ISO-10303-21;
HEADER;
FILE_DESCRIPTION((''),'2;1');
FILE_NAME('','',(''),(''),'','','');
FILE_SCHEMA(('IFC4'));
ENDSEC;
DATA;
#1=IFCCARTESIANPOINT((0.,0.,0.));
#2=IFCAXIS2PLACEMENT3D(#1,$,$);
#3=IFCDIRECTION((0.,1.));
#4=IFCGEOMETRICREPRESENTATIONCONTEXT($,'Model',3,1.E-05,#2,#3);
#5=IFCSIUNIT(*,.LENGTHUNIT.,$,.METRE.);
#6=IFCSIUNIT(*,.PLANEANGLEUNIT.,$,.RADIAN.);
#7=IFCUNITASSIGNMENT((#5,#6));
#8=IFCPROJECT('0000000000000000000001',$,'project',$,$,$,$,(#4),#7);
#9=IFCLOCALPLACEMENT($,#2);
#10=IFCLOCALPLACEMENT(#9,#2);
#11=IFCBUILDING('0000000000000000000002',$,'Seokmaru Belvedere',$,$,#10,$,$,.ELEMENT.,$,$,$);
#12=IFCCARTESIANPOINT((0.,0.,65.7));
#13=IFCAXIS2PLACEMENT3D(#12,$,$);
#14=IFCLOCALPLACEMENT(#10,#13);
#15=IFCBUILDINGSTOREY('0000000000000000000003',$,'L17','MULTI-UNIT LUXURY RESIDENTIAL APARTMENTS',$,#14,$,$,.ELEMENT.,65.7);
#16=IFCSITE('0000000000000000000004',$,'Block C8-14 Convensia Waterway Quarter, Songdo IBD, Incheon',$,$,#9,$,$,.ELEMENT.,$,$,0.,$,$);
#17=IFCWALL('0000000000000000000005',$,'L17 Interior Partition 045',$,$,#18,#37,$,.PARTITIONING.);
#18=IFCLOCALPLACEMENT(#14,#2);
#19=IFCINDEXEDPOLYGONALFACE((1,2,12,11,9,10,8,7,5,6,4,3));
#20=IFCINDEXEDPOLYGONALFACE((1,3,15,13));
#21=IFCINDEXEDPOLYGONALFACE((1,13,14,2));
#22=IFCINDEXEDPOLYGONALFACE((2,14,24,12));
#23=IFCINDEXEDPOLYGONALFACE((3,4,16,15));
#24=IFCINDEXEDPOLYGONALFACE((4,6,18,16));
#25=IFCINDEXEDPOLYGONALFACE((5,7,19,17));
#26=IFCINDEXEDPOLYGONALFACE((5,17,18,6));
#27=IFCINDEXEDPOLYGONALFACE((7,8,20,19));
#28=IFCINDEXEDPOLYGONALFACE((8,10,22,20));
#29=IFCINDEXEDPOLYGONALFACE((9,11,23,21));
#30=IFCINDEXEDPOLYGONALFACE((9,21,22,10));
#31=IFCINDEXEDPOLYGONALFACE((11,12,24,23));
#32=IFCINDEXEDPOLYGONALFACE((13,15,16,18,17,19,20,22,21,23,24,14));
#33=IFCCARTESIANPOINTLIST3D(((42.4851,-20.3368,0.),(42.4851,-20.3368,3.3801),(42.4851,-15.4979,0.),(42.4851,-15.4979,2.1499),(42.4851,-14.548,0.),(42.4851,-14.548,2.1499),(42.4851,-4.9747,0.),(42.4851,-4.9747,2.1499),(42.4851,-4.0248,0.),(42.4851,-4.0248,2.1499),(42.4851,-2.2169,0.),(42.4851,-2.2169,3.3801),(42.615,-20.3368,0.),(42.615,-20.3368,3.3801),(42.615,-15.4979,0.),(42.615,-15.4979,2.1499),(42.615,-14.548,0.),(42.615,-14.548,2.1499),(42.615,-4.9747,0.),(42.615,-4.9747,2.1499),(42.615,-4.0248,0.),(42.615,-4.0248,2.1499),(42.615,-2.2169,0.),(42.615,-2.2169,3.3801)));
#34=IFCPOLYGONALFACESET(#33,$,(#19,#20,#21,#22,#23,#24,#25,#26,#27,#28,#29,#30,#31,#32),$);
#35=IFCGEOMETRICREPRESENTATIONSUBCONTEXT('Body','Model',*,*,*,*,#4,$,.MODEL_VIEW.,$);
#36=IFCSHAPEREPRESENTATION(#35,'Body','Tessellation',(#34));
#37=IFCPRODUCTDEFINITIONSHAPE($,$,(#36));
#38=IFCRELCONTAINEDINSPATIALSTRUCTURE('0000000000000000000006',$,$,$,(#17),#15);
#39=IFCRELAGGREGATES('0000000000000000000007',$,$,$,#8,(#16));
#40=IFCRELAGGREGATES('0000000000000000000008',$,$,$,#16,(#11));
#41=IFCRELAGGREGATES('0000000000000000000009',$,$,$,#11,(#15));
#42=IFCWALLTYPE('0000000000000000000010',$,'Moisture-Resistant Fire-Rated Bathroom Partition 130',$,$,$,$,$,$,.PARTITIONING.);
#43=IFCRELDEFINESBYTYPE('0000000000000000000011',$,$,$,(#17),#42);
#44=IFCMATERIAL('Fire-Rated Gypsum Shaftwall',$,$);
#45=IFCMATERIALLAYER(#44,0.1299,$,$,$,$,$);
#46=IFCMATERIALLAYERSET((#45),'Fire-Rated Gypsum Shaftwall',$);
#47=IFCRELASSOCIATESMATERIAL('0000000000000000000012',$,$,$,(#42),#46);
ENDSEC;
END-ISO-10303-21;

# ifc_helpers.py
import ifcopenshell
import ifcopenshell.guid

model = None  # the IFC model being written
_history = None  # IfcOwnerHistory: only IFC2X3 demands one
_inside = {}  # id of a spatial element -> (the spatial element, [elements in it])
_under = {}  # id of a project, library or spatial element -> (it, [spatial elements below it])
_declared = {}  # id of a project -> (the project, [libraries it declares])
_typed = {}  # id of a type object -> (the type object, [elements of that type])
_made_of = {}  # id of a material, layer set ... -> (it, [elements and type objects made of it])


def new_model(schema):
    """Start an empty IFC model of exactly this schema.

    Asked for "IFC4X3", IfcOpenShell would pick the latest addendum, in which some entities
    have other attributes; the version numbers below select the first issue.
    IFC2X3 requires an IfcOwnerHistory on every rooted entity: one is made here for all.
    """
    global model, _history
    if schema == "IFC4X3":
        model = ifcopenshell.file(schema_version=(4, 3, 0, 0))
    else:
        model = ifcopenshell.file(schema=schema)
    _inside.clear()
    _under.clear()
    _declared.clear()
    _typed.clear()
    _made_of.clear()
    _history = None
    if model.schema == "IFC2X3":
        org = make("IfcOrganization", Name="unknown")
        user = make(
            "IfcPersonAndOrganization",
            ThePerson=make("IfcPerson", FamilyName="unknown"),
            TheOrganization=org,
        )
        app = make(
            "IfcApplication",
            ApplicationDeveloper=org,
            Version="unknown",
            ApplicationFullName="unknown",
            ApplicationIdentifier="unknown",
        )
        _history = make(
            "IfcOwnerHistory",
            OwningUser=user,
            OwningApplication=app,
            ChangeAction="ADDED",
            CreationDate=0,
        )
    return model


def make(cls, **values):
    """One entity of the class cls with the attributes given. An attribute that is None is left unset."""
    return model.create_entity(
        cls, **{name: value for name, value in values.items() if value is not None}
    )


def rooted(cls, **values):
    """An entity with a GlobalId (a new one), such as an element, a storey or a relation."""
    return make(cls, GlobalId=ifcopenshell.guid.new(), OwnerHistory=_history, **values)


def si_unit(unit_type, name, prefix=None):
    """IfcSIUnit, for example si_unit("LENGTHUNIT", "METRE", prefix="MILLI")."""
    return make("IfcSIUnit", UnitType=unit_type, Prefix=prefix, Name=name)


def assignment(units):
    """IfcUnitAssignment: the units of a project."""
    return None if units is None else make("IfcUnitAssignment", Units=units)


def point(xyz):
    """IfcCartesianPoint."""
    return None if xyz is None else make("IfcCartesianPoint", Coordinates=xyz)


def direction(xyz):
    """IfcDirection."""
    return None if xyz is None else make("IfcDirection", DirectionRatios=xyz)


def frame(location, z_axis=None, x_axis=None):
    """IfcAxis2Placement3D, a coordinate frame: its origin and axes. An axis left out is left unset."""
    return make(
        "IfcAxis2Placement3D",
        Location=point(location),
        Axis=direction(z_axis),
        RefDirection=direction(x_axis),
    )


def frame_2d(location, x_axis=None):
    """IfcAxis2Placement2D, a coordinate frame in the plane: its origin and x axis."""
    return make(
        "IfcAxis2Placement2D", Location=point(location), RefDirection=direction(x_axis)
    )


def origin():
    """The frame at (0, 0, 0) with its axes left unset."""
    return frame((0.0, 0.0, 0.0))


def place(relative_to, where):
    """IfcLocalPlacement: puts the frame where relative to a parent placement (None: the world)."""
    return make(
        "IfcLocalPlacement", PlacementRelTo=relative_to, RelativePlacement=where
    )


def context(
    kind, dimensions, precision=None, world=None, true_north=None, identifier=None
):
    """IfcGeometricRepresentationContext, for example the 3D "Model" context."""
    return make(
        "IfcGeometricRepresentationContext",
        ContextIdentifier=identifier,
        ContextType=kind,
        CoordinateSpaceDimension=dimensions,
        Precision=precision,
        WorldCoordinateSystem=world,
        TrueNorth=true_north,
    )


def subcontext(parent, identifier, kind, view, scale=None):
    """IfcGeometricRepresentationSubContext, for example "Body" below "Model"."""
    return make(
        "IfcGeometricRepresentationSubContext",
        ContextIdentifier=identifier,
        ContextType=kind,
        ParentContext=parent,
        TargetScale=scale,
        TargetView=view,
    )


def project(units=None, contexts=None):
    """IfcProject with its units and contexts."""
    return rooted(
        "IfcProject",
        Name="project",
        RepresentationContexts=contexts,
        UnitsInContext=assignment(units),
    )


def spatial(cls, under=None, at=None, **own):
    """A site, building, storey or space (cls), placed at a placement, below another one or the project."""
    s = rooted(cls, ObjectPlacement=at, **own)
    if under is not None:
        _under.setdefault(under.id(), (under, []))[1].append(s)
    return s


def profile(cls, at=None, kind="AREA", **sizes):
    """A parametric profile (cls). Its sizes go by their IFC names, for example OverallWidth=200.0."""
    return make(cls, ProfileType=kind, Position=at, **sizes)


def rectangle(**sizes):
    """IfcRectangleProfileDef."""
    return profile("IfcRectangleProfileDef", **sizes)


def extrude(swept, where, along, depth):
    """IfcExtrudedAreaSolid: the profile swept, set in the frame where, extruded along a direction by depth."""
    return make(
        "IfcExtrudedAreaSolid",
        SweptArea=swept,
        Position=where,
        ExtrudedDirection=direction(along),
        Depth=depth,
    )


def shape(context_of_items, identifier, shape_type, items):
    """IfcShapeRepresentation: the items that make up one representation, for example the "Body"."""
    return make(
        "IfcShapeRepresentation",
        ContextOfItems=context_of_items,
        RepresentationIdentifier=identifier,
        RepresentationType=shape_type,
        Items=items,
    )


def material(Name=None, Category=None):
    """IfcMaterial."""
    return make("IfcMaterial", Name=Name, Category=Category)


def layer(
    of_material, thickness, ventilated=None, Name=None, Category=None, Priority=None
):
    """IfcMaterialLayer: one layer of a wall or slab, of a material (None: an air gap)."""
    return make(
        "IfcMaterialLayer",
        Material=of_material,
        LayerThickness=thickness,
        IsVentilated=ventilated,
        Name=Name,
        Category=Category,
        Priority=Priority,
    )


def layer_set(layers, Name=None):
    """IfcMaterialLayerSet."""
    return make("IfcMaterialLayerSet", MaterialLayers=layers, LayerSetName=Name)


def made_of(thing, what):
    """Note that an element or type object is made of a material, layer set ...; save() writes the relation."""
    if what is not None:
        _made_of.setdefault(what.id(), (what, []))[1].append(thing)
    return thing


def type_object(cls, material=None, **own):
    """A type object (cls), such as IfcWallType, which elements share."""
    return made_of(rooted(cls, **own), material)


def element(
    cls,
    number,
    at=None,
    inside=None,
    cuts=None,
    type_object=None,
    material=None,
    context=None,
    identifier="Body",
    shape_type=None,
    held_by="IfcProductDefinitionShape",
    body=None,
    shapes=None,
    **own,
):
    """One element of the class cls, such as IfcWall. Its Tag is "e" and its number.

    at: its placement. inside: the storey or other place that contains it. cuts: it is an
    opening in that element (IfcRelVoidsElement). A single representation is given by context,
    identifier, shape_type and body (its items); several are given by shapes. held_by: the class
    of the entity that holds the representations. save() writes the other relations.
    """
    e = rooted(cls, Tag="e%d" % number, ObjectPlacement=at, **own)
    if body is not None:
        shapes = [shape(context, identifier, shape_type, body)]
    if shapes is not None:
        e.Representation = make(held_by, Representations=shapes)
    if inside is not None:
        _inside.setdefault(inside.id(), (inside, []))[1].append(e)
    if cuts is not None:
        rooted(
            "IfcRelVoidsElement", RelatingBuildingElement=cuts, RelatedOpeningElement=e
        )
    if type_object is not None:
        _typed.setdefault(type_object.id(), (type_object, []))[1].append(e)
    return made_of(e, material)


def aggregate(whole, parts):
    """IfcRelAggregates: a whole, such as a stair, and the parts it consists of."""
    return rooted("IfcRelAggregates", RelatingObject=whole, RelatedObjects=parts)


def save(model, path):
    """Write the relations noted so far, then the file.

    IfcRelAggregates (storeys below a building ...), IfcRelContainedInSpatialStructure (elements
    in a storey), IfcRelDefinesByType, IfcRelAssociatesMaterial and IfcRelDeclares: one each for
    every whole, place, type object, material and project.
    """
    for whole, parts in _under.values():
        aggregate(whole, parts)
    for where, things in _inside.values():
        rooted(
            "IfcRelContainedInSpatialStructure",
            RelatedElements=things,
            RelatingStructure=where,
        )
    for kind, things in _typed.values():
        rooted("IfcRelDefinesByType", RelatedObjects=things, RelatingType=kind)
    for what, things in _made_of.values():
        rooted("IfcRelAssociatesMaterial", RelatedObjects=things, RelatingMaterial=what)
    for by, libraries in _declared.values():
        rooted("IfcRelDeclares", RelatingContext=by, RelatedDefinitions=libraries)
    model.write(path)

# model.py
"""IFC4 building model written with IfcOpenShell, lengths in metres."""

from ifc_helpers import new_model, si_unit, direction, frame, frame_2d, origin, place, context, subcontext, project, spatial, rectangle, extrude, material, layer, layer_set, type_object, element, save


model = new_model("IFC4")

# Units and contexts
model_context = context("Model", 3, precision=1e-05, world=origin(), true_north=direction((0.0, 1.0)))
body_context = subcontext(model_context, "Body", "Model", "MODEL_VIEW")
ifc_project = project(units=[si_unit("LENGTHUNIT", "METRE"), si_unit("PLANEANGLEUNIT", "RADIAN")], contexts=[model_context])

# Site, building, storey
site_placement = place(None, origin())
site = spatial("IfcSite", under=ifc_project, at=site_placement, Name="Block C8-14 Convensia Waterway Quarter, Songdo IBD, Incheon", CompositionType="ELEMENT", RefElevation=0.0)
building_placement = place(site_placement, origin())
building = spatial("IfcBuilding", under=site, at=building_placement, Name="Seokmaru Belvedere", CompositionType="ELEMENT")
storey_placement = place(building_placement, frame((0.0, 0.0, 65.7)))
storey = spatial("IfcBuildingStorey", under=building, at=storey_placement, Name="L17", Description="MULTI-UNIT LUXURY RESIDENTIAL APARTMENTS", CompositionType="ELEMENT", Elevation=65.7)

# Shared definitions
ifc_material_1 = material(Name="Fire-Rated Gypsum Shaftwall")

# Shared definitions
ifc_layer_1 = layer(ifc_material_1, 0.1299)
ifc_layer_set_1 = layer_set([ifc_layer_1], Name="Fire-Rated Gypsum Shaftwall")
wall_type_1 = type_object("IfcWallType", Name="Moisture-Resistant Fire-Rated Bathroom Partition 130", PredefinedType="PARTITIONING", material=ifc_layer_set_1)

# Wall, openings
wall_1_placement = place(storey_placement, frame((42.55, -20.3369, 0.0), z_axis=(0.0, 0.0, 1.0), x_axis=(0.0, 1.0, 0.0)))
wall_1 = element("IfcWall", 1, at=wall_1_placement, inside=storey, type_object=wall_type_1, Name="L17 Interior Partition 045", PredefinedType="PARTITIONING", context=body_context, shape_type="SweptSolid", body=[
    extrude(rectangle(XDim=18.1199, YDim=0.1299, at=frame_2d((9.0601, 0.0))), origin(), (0.0, 0.0, 1.0), 3.3801),
])
opening_1_placement = place(wall_1_placement, frame((4.8389, 0.0, 0.0)))
element("IfcOpeningElement", 2, at=opening_1_placement, cuts=wall_1, PredefinedType="OPENING", context=body_context, shape_type="SweptSolid", body=[
    extrude(rectangle(XDim=0.95, YDim=2.1499, at=frame_2d((0.4751, 1.075))), frame((0.0, 0.075, 0.0), z_axis=(0.0, -1.0, 0.0), x_axis=(1.0, 0.0, 0.0)), (0.0, 0.0, 1.0), 0.1499),
])
opening_2_placement = place(wall_1_placement, frame((15.3621, 0.0, 0.0)))
element("IfcOpeningElement", 3, at=opening_2_placement, cuts=wall_1, PredefinedType="OPENING", context=body_context, shape_type="SweptSolid", body=[
    extrude(rectangle(XDim=0.95, YDim=2.1499, at=frame_2d((0.4751, 1.075))), frame((0.0, 0.075, 0.0), z_axis=(0.0, -1.0, 0.0), x_axis=(1.0, 0.0, 0.0)), (0.0, 0.0, 1.0), 0.1499),
])

save(model, "model.ifc")
